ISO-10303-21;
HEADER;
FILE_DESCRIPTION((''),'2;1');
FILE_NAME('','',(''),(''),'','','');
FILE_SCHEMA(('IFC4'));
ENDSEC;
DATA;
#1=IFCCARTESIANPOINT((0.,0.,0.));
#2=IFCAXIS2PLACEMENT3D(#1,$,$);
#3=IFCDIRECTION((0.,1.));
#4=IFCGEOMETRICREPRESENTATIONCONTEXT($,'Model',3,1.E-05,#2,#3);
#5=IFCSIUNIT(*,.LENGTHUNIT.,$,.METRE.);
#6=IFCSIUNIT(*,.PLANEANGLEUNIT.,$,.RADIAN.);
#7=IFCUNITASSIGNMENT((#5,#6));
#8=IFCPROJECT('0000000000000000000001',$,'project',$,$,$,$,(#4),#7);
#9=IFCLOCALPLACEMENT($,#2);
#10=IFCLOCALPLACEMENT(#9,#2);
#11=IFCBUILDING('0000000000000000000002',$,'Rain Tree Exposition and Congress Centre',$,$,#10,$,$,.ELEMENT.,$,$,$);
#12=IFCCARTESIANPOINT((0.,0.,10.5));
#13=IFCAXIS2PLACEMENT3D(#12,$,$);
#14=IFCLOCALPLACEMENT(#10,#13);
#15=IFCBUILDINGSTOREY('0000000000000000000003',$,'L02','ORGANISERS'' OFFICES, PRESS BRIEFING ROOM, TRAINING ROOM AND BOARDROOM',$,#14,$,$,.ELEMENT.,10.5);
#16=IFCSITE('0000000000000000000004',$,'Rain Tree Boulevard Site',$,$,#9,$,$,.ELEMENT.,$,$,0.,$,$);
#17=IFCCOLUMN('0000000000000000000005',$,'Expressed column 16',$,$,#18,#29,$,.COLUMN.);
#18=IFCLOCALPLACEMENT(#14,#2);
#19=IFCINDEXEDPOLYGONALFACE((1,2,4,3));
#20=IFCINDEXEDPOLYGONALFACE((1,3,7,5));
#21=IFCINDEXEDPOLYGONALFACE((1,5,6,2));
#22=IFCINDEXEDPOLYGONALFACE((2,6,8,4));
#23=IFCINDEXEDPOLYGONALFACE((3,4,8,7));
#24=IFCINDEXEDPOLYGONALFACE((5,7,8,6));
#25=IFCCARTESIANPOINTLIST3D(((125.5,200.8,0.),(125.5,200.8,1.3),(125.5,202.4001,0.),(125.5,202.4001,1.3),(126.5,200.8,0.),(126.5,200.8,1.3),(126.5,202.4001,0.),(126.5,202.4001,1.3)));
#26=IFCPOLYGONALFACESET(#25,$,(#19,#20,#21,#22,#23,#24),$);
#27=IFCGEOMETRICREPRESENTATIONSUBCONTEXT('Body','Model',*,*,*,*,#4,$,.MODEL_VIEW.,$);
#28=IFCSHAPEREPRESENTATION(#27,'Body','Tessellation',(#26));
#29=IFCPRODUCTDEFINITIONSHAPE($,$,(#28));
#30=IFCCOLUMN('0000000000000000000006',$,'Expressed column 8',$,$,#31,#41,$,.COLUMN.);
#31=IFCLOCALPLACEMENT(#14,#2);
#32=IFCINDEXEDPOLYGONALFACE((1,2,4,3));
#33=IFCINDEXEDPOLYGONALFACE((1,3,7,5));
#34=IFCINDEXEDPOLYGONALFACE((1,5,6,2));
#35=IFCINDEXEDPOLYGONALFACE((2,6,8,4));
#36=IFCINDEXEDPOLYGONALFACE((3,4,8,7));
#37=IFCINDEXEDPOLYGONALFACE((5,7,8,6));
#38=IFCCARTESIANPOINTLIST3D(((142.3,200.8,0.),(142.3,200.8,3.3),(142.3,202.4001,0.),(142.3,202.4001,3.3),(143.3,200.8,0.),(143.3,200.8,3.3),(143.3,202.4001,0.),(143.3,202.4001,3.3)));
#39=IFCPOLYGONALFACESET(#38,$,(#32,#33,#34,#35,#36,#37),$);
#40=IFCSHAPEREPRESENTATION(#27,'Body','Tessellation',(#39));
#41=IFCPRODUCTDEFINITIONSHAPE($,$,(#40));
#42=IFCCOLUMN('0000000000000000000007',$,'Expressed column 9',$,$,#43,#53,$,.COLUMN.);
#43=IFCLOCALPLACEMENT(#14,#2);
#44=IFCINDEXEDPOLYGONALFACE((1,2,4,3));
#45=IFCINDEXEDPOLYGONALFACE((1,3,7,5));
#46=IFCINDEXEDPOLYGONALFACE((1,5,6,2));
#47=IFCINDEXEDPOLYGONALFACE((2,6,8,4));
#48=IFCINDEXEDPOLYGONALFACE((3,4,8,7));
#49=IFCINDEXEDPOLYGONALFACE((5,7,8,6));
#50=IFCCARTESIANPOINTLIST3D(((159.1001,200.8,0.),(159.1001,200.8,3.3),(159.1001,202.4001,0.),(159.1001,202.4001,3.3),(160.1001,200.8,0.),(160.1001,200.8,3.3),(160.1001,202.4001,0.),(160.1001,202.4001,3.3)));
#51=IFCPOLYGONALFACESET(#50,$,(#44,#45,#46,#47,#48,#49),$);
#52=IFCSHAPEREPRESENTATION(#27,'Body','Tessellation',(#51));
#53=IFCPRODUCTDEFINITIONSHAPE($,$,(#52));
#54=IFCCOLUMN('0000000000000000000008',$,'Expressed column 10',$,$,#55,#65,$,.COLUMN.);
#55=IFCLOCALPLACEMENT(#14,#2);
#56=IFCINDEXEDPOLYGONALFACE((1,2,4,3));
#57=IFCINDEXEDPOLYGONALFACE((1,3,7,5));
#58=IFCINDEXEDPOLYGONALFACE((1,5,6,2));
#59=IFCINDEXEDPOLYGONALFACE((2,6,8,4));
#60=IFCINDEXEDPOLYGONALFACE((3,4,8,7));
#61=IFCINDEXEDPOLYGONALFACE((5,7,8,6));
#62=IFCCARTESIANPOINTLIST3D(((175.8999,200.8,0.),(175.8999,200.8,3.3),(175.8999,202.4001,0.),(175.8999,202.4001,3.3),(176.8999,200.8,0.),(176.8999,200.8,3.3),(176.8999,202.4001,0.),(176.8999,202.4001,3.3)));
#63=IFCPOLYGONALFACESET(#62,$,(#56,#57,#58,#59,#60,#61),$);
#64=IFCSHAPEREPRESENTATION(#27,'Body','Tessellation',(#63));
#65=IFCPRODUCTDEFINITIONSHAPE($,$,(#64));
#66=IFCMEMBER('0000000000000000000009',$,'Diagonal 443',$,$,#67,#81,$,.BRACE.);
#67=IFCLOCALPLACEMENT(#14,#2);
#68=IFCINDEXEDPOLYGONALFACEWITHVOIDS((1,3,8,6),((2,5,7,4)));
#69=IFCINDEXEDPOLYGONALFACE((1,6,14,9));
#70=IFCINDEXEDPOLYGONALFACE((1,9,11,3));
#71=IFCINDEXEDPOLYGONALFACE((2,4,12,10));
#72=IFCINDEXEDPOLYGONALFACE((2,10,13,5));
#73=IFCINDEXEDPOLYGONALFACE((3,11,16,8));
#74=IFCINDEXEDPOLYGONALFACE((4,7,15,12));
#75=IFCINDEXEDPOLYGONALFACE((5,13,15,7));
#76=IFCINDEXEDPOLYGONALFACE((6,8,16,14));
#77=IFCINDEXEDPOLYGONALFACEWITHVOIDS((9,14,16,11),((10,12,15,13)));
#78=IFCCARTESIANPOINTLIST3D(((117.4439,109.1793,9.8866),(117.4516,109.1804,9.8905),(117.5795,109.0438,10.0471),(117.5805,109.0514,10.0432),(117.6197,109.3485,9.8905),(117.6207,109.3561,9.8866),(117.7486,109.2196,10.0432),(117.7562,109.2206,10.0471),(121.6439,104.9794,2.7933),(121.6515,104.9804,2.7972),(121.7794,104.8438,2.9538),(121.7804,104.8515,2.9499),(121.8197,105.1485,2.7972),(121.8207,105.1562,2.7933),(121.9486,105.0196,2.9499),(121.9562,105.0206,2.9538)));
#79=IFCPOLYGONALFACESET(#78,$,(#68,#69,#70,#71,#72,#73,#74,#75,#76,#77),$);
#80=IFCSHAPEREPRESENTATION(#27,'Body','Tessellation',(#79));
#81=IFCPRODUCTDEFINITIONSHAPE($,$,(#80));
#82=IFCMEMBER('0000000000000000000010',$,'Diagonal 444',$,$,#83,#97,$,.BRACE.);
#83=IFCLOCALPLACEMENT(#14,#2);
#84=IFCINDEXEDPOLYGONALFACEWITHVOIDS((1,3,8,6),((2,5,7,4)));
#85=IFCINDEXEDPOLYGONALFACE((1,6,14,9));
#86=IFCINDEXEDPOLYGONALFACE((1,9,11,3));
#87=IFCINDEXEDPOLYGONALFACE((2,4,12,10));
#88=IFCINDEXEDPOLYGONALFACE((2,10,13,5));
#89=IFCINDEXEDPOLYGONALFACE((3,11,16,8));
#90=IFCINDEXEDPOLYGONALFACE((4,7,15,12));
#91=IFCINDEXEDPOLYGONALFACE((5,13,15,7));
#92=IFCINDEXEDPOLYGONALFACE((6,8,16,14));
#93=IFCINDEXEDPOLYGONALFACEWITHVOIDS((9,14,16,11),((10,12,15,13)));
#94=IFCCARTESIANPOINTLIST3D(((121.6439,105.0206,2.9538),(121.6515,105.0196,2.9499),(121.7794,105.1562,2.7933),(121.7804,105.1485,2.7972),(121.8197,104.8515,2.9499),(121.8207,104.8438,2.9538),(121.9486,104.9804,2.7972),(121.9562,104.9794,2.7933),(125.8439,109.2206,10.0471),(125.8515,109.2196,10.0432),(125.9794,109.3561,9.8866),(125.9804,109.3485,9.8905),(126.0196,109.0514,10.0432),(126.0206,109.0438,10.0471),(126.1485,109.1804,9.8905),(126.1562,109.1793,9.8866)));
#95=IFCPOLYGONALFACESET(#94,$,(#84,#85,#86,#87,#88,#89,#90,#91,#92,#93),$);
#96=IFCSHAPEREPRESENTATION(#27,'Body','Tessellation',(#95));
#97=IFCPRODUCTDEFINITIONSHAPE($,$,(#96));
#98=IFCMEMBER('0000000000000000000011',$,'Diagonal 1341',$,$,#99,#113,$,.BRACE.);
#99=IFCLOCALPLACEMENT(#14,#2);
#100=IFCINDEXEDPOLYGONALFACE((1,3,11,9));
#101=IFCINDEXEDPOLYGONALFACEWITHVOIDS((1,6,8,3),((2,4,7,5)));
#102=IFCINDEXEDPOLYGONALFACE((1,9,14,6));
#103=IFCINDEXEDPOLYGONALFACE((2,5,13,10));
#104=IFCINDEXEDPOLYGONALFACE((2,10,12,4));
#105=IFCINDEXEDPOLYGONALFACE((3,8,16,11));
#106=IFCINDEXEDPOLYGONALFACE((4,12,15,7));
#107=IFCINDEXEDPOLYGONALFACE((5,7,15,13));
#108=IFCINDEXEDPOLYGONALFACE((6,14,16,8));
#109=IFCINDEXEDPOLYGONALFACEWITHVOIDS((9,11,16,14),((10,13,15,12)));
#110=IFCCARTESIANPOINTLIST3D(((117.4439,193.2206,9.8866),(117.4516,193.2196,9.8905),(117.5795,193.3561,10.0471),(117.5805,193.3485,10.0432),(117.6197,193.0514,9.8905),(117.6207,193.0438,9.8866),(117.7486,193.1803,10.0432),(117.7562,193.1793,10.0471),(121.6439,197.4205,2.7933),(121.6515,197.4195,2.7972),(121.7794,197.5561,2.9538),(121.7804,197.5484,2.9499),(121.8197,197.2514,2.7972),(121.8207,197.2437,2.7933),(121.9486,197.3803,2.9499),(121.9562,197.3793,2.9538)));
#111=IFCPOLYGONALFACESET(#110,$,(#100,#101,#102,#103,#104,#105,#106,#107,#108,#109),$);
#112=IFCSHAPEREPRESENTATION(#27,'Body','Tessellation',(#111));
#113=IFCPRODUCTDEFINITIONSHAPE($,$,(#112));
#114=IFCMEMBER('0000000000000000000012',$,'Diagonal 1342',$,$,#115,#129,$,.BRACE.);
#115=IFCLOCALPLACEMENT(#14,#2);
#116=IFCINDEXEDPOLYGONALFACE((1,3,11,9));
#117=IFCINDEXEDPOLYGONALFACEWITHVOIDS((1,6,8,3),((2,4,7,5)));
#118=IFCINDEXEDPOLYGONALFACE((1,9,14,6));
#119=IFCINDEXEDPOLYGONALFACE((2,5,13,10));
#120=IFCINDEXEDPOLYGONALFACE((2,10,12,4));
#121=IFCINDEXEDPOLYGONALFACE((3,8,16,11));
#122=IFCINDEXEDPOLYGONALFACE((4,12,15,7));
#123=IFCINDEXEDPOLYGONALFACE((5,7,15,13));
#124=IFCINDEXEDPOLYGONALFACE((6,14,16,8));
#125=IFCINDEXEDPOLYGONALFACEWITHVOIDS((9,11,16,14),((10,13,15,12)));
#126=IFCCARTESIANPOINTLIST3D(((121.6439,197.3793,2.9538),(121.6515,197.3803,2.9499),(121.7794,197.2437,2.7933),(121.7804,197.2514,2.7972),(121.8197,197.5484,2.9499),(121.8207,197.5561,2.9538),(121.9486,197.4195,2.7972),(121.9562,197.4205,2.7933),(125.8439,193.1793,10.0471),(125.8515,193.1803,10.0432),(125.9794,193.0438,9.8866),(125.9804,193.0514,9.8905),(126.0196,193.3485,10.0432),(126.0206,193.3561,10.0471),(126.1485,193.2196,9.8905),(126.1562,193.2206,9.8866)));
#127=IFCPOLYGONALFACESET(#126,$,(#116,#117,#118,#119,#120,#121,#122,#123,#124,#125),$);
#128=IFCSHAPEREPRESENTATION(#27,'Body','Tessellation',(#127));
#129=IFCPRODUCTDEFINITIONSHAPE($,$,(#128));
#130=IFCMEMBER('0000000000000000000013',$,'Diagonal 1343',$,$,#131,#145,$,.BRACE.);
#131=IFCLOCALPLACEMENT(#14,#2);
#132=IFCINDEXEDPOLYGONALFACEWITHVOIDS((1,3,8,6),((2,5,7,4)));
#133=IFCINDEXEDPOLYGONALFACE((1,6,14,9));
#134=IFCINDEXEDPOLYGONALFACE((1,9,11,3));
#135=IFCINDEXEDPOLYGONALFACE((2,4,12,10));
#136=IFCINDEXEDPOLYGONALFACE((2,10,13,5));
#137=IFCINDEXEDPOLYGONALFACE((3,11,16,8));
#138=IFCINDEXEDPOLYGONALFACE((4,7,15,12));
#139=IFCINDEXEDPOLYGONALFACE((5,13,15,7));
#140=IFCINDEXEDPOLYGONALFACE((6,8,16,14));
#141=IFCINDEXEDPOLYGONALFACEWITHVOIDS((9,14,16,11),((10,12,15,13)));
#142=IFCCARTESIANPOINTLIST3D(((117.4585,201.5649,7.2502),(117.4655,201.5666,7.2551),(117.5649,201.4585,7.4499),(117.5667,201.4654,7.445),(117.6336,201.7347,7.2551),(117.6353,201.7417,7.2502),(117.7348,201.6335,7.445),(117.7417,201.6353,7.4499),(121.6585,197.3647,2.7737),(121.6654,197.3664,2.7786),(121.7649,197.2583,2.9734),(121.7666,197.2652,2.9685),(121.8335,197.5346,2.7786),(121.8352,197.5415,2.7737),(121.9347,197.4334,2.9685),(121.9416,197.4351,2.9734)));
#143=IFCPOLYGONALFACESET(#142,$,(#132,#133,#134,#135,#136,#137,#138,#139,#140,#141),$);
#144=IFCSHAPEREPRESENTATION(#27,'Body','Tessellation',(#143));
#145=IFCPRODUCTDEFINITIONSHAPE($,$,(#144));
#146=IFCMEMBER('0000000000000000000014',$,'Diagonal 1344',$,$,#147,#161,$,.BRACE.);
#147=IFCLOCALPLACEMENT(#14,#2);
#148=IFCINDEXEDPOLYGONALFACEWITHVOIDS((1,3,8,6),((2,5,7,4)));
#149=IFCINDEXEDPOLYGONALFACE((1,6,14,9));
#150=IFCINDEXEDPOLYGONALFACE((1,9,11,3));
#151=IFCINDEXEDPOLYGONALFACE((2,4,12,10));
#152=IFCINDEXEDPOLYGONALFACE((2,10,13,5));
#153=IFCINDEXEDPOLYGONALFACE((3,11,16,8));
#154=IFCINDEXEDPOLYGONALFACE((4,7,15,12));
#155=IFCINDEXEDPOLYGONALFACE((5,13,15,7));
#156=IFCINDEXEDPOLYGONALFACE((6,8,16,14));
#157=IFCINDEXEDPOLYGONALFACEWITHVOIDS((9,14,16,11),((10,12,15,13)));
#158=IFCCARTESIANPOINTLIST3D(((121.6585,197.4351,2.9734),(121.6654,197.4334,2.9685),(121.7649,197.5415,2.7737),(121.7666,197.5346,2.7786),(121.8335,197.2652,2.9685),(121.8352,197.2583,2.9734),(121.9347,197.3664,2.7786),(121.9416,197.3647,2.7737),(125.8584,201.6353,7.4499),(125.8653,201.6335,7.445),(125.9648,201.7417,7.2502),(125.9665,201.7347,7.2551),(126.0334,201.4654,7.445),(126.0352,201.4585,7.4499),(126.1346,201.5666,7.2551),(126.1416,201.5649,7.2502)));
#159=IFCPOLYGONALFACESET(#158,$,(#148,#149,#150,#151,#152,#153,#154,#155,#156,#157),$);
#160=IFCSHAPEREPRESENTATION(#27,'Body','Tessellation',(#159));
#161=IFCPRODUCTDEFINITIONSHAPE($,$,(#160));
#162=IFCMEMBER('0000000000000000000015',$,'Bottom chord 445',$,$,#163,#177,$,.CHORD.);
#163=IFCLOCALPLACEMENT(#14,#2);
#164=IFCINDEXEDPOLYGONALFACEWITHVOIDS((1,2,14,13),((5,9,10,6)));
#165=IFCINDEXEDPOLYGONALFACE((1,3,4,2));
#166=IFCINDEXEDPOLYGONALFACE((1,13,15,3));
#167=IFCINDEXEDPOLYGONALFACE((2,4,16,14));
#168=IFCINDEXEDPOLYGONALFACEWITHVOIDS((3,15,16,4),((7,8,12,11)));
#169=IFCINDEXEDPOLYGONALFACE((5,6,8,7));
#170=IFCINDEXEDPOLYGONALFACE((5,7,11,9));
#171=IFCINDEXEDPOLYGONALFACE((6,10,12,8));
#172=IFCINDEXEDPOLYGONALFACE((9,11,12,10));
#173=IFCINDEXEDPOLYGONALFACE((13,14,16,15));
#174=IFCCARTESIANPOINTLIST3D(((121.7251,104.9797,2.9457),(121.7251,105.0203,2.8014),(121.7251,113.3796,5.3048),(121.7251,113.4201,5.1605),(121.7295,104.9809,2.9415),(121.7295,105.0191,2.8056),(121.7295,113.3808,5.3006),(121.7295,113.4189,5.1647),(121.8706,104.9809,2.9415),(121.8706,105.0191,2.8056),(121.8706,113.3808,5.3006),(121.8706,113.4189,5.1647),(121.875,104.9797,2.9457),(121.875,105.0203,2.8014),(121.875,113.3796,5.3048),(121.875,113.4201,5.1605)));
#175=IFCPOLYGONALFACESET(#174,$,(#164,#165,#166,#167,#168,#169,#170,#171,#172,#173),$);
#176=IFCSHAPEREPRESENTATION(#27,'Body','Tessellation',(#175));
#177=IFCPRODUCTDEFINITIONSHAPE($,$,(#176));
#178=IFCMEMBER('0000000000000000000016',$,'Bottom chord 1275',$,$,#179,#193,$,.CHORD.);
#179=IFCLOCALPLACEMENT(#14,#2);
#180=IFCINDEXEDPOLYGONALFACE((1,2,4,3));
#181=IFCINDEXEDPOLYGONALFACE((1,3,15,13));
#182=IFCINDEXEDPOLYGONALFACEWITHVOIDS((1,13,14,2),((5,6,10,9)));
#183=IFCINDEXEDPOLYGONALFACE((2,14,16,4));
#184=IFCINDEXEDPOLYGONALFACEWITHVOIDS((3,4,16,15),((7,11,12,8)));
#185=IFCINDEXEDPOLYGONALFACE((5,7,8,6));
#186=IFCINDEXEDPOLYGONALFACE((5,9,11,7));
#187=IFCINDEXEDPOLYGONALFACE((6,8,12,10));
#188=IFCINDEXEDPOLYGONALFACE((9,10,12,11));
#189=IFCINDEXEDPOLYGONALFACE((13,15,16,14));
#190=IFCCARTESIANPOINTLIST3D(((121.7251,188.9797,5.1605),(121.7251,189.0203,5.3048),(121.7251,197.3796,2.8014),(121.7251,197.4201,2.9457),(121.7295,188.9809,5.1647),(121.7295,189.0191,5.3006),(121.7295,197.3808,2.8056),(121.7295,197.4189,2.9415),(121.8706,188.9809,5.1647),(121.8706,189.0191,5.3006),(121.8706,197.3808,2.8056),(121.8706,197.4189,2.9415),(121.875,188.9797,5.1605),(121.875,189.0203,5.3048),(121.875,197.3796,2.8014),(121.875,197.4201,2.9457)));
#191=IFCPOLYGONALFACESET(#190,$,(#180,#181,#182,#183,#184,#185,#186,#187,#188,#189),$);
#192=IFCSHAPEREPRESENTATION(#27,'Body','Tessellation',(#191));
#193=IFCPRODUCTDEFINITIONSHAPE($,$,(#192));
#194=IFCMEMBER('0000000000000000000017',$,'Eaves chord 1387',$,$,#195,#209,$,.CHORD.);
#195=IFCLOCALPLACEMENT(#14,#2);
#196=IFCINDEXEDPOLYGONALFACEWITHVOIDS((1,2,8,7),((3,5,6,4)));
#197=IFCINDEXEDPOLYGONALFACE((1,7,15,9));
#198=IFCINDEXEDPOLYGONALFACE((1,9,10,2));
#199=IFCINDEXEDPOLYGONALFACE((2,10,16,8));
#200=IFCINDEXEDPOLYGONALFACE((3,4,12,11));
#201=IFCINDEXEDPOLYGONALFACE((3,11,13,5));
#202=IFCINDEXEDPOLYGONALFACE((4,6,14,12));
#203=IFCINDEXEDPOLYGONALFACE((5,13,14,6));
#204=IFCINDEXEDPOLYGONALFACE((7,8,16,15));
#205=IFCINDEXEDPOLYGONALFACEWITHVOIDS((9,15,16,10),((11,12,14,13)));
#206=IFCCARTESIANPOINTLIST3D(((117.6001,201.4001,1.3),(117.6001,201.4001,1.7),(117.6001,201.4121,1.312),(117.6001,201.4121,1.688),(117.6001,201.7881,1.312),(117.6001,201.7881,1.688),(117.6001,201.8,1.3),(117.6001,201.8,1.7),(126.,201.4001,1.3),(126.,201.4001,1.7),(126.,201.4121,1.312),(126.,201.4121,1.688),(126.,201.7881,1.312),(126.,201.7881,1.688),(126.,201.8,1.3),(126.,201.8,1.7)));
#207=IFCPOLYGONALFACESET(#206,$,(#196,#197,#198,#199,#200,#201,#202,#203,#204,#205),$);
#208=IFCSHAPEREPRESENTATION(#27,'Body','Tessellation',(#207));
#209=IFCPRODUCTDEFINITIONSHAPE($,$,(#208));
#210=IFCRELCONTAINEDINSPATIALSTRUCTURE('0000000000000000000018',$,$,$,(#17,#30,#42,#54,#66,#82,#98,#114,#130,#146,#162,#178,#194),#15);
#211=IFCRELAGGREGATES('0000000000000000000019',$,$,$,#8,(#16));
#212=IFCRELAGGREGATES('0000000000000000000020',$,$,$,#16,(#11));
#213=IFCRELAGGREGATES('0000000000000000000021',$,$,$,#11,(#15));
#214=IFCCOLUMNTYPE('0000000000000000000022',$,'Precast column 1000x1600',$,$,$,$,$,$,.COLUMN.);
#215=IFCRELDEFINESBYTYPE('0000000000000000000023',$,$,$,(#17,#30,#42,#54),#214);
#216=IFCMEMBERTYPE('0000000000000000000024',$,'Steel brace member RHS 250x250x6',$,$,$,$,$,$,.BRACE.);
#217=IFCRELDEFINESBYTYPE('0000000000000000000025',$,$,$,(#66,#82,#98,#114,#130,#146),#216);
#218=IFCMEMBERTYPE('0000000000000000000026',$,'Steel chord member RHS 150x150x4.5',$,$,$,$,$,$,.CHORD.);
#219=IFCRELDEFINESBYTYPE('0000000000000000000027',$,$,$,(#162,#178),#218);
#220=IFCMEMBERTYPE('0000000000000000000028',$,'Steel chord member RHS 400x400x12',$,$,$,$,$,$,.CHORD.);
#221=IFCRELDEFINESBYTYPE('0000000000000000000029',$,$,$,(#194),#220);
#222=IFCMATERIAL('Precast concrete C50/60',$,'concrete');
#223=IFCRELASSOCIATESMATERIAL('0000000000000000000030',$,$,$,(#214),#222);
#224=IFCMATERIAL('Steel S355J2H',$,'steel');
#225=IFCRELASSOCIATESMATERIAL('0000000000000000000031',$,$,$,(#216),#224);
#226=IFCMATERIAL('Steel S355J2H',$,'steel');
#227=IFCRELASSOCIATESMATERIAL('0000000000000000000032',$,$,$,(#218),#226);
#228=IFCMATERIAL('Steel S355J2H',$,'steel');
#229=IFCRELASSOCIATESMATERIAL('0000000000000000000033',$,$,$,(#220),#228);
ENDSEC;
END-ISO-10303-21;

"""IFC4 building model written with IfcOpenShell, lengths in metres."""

from ifc_helpers import new_model, si_unit, direction, frame, origin, origin_2d, place, context, subcontext, project, spatial, rectangle, hollow_rectangle, extrude, material, material_profile, profile_set, type_object, element, save


model = new_model("IFC4")

# Units and contexts
model_context = context("Model", 3, precision=1e-05, world=origin(), true_north=direction((0.0, 1.0)))
body_context = subcontext(model_context, "Body", "Model", "MODEL_VIEW")
ifc_project = project(units=[si_unit("LENGTHUNIT", "METRE"), si_unit("PLANEANGLEUNIT", "RADIAN")], contexts=[model_context])

# Site, building, storey
site_placement = place(None, origin())
site = spatial("IfcSite", under=ifc_project, at=site_placement, Name="Rain Tree Boulevard Site", CompositionType="ELEMENT", RefElevation=0.0)
building_placement = place(site_placement, origin())
building = spatial("IfcBuilding", under=site, at=building_placement, Name="Rain Tree Exposition and Congress Centre", CompositionType="ELEMENT")
storey_placement = place(building_placement, frame((0.0, 0.0, 10.5)))
storey = spatial("IfcBuildingStorey", under=building, at=storey_placement, Name="L02", Description="ORGANISERS' OFFICES, PRESS BRIEFING ROOM, TRAINING ROOM AND BOARDROOM", CompositionType="ELEMENT", Elevation=10.5)

# Columns
ifc_material_1 = material(Name="Precast concrete C50/60", Category="concrete")
ifc_material_profile_1 = material_profile(ifc_material_1, rectangle(XDim=1.0, YDim=1.6001, at=origin_2d()), Name="RC 1000x1600")
ifc_profile_set_1 = profile_set([ifc_material_profile_1], Name="Precast concrete C50/60")
column_type = type_object("IfcColumnType", Name="Precast column 1000x1600", PredefinedType="COLUMN", material=ifc_profile_set_1)
column_placement = place(storey_placement, frame((126.0, 201.6001, 0.0), z_axis=(0.0, 0.0, 1.0), x_axis=(1.0, 0.0, 0.0)))
element("IfcColumn", 1, at=column_placement, inside=storey, type_object=column_type, Name="Expressed column 16", PredefinedType="COLUMN", context=body_context, shape_type="SweptSolid", body=[
    extrude(rectangle(XDim=1.0, YDim=1.6001, at=origin_2d()), origin(), (0.0, 0.0, 1.0), 1.3),
])
for number, where, z_axis, x_axis, name in (
    (2, (142.8, 201.6001, 0.0), (0.0, 0.0, 1.0), (1.0, 0.0, 0.0), "Expressed column 8"),
    (3, (159.6001, 201.6001, 0.0), (0.0, 0.0, 1.0), (1.0, 0.0, 0.0), "Expressed column 9"),
    (4, (176.3999, 201.6001, 0.0), (0.0, 0.0, 1.0), (1.0, 0.0, 0.0), "Expressed column 10"),
):
    element("IfcColumn", number, at=place(storey_placement, frame(where, z_axis=z_axis, x_axis=x_axis)), inside=storey, type_object=column_type, Name=name, PredefinedType="COLUMN", context=body_context, shape_type="SweptSolid", body=[
        extrude(rectangle(XDim=1.0, YDim=1.6001, at=origin_2d()), origin(), (0.0, 0.0, 1.0), 3.3),
    ])

# Members
ifc_material_2 = material(Name="Steel S355J2H", Category="steel")
ifc_material_profile_2 = material_profile(ifc_material_2, hollow_rectangle(XDim=0.25, YDim=0.25, WallThickness=0.0061, at=origin_2d()), Name="RHS 250x250x6")
ifc_profile_set_2 = profile_set([ifc_material_profile_2], Name="Steel S355J2H")
member_type_1 = type_object("IfcMemberType", Name="Steel brace member RHS 250x250x6", PredefinedType="BRACE", material=ifc_profile_set_2)
for number, where, z_axis, x_axis, name in (
    (5, (121.8, 105.0, 2.8735), (-0.453966, 0.453966, 0.7667), (-0.707107, -0.707107, 0.0), "Diagonal 443"),
    (6, (121.8, 105.0, 2.8735), (0.453966, 0.453966, 0.7667), (-0.707107, 0.707107, 0.0), "Diagonal 444"),
    (7, (121.8, 197.3999, 2.8735), (-0.453966, -0.453966, 0.7667), (0.707107, -0.707107, 0.0), "Diagonal 1341"),
    (8, (121.8, 197.3999, 2.8735), (0.453966, -0.453966, 0.7667), (0.707107, 0.707107, 0.0), "Diagonal 1342"),
):
    element("IfcMember", number, at=place(storey_placement, frame(where, z_axis=z_axis, x_axis=x_axis)), inside=storey, type_object=member_type_1, Name=name, PredefinedType="BRACE", context=body_context, shape_type="SweptSolid", body=[
        extrude(hollow_rectangle(XDim=0.25, YDim=0.25, WallThickness=0.0061, at=origin_2d()), origin(), (0.0, 0.0, 1.0), 9.2517),
    ])
for number, where, z_axis, x_axis, name in (
    (9, (121.8, 197.3999, 2.8735), (-0.564677, 0.564709, 0.601867), (-0.707127, -0.707086, 0.0), "Diagonal 1343"),
    (10, (121.8, 197.3999, 2.8735), (0.564677, 0.564709, 0.601867), (-0.707127, 0.707086, 0.0), "Diagonal 1344"),
):
    element("IfcMember", number, at=place(storey_placement, frame(where, z_axis=z_axis, x_axis=x_axis)), inside=storey, type_object=member_type_1, Name=name, PredefinedType="BRACE", context=body_context, shape_type="SweptSolid", body=[
        extrude(hollow_rectangle(XDim=0.25, YDim=0.25, WallThickness=0.0061, at=origin_2d()), origin(), (0.0, 0.0, 1.0), 7.4377),
    ])
ifc_material_3 = material(Name="Steel S355J2H", Category="steel")
ifc_material_profile_3 = material_profile(ifc_material_3, hollow_rectangle(XDim=0.1499, YDim=0.1499, WallThickness=0.0044, at=origin_2d()), Name="RHS 150x150x4.5")
ifc_profile_set_3 = profile_set([ifc_material_profile_3], Name="Steel S355J2H")
member_type_2 = type_object("IfcMemberType", Name="Steel chord member RHS 150x150x4.5", PredefinedType="CHORD", material=ifc_profile_set_3)
for number, where, z_axis, x_axis, name in (
    (11, (121.8, 105.0, 2.8735), (0.0, 0.962751, 0.270391), (-1.0, 0.0, 0.0), "Bottom chord 445"),
    (12, (121.8, 189.0, 5.2327), (0.0, 0.962751, -0.270391), (-1.0, 0.0, 0.0), "Bottom chord 1275"),
):
    element("IfcMember", number, at=place(storey_placement, frame(where, z_axis=z_axis, x_axis=x_axis)), inside=storey, type_object=member_type_2, Name=name, PredefinedType="CHORD", context=body_context, shape_type="SweptSolid", body=[
        extrude(hollow_rectangle(XDim=0.1499, YDim=0.1499, WallThickness=0.0044, at=origin_2d()), origin(), (0.0, 0.0, 1.0), 8.7249),
    ])
ifc_material_4 = material(Name="Steel S355J2H", Category="steel")
ifc_material_profile_4 = material_profile(ifc_material_4, hollow_rectangle(XDim=0.3999, YDim=0.3999, WallThickness=0.012, at=origin_2d()), Name="RHS 400x400x12")
ifc_profile_set_4 = profile_set([ifc_material_profile_4], Name="Steel S355J2H")
member_type_3 = type_object("IfcMemberType", Name="Steel chord member RHS 400x400x12", PredefinedType="CHORD", material=ifc_profile_set_4)
for number, where, z_axis, x_axis, name in (
    (13, (117.6001, 201.6001, 1.5), (1.0, 0.0, 0.0), (0.0, 1.0, 0.0), "Eaves chord 1387"),
):
    element("IfcMember", number, at=place(storey_placement, frame(where, z_axis=z_axis, x_axis=x_axis)), inside=storey, type_object=member_type_3, Name=name, PredefinedType="CHORD", context=body_context, shape_type="SweptSolid", body=[
        extrude(hollow_rectangle(XDim=0.3999, YDim=0.3999, WallThickness=0.012, at=origin_2d()), origin(), (0.0, 0.0, 1.0), 8.3999),
    ])

save(model, "model.ifc")
